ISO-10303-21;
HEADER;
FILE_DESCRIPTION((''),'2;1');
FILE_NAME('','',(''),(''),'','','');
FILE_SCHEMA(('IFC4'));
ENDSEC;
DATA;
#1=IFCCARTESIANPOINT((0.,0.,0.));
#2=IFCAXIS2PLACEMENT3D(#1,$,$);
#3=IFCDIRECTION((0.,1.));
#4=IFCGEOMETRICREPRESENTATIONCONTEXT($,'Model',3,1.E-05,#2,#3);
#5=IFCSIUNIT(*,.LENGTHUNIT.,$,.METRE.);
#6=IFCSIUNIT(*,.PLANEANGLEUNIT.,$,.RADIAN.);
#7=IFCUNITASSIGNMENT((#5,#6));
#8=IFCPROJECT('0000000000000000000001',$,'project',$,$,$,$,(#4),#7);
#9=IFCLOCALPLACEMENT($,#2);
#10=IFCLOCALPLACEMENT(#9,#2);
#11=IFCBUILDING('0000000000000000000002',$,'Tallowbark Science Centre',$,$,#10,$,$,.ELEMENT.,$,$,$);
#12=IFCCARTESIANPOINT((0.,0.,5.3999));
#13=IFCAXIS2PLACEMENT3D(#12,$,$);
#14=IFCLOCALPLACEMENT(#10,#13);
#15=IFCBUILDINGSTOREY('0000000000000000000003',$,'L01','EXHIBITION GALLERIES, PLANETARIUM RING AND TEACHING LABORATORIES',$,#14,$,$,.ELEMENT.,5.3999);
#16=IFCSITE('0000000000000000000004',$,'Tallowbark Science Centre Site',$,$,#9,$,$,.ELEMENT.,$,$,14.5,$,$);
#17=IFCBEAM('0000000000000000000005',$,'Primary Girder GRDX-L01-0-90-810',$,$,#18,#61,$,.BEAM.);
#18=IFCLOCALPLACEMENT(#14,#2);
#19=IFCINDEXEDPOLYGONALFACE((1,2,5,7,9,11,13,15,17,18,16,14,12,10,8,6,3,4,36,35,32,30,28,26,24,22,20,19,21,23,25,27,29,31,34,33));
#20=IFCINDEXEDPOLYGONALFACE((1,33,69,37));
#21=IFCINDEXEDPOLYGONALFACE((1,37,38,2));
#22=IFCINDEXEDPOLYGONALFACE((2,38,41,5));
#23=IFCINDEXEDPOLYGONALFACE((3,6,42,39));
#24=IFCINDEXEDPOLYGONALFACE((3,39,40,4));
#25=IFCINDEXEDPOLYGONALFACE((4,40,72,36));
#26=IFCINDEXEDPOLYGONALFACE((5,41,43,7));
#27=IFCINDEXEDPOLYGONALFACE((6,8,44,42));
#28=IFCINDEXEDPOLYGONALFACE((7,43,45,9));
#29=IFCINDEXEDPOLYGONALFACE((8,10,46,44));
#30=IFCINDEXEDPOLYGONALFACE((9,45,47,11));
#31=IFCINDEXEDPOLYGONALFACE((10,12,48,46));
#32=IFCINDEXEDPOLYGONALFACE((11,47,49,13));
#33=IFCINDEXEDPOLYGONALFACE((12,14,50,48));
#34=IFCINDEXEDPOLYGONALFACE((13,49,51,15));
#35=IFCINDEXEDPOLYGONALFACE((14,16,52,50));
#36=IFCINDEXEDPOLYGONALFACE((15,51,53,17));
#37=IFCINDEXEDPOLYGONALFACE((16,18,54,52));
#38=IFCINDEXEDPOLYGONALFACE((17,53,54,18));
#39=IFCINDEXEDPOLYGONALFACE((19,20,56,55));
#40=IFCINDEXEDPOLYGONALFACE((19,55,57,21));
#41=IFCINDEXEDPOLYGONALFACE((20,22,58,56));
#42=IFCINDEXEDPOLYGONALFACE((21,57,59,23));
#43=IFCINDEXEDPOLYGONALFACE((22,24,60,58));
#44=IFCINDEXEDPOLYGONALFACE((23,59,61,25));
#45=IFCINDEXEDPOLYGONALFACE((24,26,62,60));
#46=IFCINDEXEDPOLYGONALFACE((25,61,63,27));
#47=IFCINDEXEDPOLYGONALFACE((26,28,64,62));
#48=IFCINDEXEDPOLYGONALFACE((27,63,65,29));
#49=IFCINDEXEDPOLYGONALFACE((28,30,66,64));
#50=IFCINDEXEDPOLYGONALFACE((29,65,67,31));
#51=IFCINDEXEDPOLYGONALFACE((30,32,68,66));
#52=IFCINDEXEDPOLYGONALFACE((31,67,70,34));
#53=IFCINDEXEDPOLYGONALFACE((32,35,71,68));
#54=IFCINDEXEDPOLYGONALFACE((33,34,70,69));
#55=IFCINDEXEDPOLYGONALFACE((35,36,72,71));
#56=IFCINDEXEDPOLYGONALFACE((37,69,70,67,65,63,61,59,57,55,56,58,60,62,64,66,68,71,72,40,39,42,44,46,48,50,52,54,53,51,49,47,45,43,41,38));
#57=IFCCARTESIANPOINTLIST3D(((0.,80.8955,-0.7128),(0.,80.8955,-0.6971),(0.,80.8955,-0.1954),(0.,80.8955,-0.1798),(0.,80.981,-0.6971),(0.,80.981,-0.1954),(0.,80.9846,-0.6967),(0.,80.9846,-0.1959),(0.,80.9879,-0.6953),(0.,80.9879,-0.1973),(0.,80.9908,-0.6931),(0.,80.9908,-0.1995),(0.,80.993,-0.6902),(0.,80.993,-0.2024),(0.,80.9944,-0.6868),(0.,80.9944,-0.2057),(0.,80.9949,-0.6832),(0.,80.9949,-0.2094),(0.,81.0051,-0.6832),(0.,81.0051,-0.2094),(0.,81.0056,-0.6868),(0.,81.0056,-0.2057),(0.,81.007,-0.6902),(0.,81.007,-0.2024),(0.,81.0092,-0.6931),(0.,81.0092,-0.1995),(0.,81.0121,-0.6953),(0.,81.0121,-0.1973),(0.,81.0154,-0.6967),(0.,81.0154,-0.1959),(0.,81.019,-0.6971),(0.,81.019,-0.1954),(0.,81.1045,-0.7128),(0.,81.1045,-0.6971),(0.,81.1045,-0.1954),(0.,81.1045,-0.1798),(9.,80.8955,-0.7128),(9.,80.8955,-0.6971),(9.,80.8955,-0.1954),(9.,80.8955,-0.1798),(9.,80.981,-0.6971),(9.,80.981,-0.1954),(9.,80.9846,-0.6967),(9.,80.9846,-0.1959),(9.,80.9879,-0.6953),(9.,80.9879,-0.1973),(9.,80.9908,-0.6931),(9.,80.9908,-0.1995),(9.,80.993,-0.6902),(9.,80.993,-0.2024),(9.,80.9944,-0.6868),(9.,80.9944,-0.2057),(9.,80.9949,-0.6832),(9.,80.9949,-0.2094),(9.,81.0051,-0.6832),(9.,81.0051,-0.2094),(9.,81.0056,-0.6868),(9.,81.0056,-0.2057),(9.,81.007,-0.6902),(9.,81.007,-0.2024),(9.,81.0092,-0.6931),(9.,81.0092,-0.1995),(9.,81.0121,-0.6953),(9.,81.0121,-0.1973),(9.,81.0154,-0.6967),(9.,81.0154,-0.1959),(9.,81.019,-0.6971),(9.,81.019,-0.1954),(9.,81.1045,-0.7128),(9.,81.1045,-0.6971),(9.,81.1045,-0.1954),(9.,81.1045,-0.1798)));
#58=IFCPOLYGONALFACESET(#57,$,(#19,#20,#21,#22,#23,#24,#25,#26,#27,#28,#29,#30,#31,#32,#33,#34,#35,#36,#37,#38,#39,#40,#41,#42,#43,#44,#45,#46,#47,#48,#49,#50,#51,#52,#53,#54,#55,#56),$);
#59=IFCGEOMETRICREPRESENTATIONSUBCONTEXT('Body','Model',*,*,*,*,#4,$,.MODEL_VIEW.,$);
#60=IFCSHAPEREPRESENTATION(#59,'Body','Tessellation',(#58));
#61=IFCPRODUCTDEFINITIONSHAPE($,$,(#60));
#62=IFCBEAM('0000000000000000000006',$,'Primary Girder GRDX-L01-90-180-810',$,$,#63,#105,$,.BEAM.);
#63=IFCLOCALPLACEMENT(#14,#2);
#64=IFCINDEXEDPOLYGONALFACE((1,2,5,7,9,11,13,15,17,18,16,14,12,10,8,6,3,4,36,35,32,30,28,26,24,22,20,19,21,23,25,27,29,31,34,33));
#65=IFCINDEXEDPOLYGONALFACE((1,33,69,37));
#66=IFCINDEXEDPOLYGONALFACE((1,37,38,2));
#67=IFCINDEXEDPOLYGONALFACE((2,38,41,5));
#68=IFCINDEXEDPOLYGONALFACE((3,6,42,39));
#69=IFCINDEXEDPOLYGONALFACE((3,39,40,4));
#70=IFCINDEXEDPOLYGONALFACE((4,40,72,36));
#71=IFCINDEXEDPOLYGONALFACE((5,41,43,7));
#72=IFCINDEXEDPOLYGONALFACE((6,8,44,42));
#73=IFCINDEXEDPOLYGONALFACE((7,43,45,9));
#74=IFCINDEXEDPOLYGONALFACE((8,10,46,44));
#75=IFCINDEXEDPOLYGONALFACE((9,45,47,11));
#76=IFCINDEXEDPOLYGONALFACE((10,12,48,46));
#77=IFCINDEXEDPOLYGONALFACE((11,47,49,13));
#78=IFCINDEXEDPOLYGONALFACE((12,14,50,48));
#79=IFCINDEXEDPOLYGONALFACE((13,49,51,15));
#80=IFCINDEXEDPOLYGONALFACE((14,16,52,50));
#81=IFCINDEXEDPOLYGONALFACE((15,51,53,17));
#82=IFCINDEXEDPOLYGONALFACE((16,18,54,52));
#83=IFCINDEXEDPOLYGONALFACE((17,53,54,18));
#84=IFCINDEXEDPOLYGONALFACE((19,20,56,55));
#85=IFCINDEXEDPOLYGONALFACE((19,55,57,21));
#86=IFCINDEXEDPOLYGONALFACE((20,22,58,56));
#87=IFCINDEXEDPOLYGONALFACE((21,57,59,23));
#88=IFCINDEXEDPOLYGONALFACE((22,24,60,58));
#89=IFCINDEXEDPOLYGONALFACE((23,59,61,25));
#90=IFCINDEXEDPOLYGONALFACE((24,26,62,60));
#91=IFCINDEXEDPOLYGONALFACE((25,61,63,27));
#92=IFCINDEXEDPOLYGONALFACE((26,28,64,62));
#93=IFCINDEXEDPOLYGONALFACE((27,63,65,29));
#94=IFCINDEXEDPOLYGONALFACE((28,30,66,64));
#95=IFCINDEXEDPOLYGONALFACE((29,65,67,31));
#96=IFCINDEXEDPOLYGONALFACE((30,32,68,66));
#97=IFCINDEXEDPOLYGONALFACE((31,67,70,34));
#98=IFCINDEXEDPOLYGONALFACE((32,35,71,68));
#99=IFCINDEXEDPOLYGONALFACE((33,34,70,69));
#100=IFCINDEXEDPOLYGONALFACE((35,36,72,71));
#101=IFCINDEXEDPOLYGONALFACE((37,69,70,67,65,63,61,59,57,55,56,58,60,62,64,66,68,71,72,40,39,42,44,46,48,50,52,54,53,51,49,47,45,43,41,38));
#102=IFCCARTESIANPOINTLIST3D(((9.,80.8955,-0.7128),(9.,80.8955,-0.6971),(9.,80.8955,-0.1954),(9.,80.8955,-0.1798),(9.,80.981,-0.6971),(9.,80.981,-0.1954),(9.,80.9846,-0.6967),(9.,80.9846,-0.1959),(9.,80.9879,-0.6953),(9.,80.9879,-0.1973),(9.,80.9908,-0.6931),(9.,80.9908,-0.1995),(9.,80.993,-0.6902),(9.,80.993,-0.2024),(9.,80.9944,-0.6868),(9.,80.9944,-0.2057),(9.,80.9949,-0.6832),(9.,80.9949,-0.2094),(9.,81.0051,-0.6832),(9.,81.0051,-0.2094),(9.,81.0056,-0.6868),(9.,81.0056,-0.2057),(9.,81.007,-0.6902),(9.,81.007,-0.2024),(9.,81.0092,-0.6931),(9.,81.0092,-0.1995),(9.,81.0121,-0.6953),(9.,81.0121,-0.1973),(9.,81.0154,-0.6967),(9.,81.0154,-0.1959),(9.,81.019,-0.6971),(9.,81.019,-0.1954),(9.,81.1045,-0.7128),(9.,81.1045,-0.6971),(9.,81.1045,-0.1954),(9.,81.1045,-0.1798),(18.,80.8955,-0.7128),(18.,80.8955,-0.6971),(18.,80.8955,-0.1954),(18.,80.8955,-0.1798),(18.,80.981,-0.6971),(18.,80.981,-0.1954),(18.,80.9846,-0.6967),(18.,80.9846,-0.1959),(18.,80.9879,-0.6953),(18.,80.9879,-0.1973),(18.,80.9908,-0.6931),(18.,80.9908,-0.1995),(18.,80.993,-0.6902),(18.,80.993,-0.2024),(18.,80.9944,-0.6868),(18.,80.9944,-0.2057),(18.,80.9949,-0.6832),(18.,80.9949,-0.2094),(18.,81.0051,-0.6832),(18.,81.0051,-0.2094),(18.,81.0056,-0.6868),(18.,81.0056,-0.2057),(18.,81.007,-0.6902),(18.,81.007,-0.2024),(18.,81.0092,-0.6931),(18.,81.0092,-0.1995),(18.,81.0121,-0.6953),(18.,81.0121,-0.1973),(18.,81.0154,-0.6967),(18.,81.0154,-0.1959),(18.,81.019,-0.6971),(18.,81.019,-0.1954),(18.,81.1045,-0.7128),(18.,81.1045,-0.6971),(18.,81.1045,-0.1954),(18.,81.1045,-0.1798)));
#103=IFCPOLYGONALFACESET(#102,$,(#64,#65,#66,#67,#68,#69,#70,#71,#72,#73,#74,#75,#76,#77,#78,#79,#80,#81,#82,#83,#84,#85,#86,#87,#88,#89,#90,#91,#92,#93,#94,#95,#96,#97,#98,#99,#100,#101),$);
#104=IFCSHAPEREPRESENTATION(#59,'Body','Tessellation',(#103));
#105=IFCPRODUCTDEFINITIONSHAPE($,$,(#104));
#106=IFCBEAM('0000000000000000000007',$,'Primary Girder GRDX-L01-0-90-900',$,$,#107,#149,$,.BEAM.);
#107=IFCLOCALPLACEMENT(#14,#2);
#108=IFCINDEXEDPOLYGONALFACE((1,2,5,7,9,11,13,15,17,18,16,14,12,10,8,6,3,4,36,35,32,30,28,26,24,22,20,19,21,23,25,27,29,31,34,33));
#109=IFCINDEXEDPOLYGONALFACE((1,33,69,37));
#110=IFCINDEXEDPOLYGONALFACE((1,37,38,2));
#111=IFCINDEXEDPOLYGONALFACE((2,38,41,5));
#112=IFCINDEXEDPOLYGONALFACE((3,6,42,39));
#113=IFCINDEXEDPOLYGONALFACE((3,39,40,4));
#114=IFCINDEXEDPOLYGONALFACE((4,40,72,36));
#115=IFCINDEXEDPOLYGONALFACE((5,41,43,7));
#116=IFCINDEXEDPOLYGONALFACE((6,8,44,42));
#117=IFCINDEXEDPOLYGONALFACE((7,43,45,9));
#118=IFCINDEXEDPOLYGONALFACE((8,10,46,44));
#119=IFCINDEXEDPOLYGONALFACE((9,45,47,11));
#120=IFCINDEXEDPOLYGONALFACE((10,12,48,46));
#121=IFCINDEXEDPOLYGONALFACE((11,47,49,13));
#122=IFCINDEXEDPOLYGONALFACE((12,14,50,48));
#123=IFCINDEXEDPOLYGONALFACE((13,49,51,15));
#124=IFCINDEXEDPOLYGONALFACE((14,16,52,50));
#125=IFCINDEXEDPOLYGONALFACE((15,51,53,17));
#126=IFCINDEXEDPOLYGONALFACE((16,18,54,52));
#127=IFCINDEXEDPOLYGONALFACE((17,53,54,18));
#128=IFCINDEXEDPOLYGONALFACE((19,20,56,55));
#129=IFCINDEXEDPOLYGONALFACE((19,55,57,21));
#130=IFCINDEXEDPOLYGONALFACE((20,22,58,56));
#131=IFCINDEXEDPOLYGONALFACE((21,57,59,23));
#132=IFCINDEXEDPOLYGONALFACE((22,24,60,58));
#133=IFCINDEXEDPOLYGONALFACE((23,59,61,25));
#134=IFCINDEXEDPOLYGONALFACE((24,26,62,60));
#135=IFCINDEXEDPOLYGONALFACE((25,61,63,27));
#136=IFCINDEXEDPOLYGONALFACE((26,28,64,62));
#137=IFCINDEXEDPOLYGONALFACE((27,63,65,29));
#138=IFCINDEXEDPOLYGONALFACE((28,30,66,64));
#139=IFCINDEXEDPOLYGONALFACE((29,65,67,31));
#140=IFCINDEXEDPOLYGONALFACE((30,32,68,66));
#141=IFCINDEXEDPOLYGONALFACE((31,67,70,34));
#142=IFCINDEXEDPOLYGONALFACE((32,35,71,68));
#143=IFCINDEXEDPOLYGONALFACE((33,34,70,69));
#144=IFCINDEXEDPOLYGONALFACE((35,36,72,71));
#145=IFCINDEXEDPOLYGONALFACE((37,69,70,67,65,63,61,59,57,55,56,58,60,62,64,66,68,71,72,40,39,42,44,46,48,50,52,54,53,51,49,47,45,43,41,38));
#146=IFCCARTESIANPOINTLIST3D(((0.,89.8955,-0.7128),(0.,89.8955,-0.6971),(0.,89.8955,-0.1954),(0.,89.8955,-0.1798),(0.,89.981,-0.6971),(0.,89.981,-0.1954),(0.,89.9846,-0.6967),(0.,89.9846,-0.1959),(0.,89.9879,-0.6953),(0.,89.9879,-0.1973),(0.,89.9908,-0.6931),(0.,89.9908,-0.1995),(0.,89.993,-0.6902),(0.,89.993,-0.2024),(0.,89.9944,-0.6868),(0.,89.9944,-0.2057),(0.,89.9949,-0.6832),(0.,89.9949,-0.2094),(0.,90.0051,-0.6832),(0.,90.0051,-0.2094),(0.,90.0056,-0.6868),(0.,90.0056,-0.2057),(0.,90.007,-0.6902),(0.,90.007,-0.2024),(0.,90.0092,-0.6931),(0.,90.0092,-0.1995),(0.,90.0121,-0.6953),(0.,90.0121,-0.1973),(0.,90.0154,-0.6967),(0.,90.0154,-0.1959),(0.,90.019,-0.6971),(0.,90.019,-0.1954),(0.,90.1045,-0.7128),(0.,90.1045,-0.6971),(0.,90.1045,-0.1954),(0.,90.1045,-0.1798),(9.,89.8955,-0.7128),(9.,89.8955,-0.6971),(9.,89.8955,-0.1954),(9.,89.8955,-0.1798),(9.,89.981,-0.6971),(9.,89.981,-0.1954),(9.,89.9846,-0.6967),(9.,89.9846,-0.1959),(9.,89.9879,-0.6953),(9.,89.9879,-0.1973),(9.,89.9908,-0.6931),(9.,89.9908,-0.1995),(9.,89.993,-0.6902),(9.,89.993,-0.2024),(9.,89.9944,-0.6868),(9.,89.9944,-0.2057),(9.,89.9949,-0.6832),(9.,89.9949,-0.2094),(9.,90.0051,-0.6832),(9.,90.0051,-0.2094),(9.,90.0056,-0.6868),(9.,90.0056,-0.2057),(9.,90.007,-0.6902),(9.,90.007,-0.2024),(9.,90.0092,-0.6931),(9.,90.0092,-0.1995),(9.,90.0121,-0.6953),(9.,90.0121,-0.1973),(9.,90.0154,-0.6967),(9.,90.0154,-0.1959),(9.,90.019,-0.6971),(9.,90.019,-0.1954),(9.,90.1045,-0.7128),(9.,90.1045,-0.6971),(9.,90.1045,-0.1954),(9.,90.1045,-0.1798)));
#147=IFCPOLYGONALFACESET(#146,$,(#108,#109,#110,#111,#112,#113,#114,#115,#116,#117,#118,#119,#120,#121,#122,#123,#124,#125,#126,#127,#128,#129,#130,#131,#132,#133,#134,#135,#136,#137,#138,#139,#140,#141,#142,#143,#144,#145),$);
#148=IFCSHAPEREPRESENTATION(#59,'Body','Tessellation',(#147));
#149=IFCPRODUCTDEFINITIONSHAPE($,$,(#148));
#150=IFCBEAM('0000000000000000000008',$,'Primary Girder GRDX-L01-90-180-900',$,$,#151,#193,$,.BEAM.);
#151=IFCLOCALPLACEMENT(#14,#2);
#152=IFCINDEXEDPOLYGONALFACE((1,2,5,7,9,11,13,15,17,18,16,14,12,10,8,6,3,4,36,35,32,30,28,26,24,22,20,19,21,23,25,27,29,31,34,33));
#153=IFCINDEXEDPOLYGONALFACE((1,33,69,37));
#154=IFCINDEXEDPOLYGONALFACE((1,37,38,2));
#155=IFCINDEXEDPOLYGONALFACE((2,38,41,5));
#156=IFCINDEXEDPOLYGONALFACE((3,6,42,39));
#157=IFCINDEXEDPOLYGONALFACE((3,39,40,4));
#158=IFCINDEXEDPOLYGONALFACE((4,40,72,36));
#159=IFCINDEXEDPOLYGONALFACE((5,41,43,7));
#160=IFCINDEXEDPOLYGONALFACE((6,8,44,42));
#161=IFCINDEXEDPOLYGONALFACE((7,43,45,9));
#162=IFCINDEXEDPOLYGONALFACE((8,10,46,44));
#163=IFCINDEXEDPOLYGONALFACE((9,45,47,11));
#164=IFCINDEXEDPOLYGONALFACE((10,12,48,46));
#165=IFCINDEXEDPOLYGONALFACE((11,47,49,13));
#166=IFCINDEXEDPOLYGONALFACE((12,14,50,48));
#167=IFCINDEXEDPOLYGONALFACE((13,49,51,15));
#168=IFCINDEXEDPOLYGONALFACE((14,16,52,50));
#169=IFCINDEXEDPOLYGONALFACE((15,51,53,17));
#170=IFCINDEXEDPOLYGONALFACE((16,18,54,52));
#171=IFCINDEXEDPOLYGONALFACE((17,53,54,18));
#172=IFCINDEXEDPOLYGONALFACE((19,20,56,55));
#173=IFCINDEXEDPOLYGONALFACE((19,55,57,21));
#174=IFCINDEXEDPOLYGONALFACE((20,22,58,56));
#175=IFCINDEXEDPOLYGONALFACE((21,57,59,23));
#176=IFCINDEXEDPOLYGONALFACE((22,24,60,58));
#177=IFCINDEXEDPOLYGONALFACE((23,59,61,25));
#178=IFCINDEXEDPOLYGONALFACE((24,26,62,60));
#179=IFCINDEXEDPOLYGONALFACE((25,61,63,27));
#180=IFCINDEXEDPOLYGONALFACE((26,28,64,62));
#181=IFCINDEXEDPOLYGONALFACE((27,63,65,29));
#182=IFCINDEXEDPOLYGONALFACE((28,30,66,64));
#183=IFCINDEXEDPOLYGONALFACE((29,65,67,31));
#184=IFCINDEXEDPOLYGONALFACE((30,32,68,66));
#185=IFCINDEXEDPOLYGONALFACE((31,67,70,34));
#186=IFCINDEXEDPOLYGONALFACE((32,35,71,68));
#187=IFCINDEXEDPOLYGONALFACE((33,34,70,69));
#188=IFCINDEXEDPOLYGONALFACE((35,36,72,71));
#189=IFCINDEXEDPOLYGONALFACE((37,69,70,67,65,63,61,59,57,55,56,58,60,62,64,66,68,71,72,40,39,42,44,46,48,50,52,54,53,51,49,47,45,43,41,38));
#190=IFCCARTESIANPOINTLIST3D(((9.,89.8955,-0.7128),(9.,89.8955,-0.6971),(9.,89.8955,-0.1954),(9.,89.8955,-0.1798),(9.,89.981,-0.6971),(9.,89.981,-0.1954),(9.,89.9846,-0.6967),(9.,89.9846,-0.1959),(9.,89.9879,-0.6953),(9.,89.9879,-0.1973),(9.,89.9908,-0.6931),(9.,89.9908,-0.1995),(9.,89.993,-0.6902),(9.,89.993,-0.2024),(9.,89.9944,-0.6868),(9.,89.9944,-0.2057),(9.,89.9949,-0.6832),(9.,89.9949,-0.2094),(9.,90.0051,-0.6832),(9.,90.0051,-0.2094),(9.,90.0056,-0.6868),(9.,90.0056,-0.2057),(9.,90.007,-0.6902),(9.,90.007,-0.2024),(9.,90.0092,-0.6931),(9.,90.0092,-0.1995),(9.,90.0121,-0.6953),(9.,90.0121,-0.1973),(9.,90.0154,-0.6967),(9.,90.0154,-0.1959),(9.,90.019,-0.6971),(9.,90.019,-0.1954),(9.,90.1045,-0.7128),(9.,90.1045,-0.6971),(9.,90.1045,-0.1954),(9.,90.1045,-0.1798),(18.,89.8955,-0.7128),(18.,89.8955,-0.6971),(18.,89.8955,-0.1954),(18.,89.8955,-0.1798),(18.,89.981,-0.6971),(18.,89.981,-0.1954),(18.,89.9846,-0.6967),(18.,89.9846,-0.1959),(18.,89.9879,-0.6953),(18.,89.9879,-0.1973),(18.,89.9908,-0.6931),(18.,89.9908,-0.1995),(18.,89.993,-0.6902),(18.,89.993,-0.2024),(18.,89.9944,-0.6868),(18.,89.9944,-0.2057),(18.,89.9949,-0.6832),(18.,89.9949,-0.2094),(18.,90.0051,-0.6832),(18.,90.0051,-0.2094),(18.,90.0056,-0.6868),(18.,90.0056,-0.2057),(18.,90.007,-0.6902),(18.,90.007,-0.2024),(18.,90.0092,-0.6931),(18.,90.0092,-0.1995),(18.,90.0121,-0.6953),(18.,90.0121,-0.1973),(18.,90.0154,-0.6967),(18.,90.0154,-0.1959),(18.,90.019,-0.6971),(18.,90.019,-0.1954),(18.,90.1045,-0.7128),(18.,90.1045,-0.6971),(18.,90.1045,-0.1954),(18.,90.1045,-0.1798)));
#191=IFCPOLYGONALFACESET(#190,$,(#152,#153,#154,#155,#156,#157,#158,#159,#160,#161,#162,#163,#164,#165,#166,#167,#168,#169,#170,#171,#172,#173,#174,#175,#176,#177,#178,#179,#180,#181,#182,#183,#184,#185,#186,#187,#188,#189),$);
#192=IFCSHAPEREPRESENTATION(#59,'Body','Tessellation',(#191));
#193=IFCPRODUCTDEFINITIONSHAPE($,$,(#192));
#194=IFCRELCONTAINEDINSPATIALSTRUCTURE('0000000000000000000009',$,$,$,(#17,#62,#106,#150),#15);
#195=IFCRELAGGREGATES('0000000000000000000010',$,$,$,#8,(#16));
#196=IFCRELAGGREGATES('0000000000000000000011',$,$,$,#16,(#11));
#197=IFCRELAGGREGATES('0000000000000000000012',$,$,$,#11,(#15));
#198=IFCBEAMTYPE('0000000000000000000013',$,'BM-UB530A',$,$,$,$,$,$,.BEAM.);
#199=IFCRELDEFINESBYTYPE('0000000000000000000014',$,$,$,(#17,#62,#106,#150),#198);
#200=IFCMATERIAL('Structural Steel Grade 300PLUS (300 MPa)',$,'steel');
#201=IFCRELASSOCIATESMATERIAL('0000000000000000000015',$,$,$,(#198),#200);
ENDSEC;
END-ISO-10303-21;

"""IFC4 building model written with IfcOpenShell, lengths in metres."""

from ifc_helpers import new_model, si_unit, direction, frame, origin, origin_2d, place, context, subcontext, project, spatial, i_section, extrude, material, material_profile, profile_set, type_object, element, save


model = new_model("IFC4")

# Units and contexts
model_context = context("Model", 3, precision=1e-05, world=origin(), true_north=direction((0.0, 1.0)))
body_context = subcontext(model_context, "Body", "Model", "MODEL_VIEW")
ifc_project = project(units=[si_unit("LENGTHUNIT", "METRE"), si_unit("PLANEANGLEUNIT", "RADIAN")], contexts=[model_context])

# Site, building, storey
site_placement = place(None, origin())
site = spatial("IfcSite", under=ifc_project, at=site_placement, Name="Tallowbark Science Centre Site", CompositionType="ELEMENT", RefElevation=14.5)
building_placement = place(site_placement, origin())
building = spatial("IfcBuilding", under=site, at=building_placement, Name="Tallowbark Science Centre", CompositionType="ELEMENT")
storey_placement = place(building_placement, frame((0.0, 0.0, 5.3999)))
storey = spatial("IfcBuildingStorey", under=building, at=storey_placement, Name="L01", Description="EXHIBITION GALLERIES, PLANETARIUM RING AND TEACHING LABORATORIES", CompositionType="ELEMENT", Elevation=5.3999)

# Beams
ifc_material = material(Name="Structural Steel Grade 300PLUS (300 MPa)", Category="steel")
ifc_material_profile_1 = material_profile(ifc_material, i_section(OverallWidth=0.209, OverallDepth=0.533, WebThickness=0.0103, FlangeThickness=0.0156, FilletRadius=0.0139, at=origin_2d()), Name="530UB92.4")
ifc_profile_set_1 = profile_set([ifc_material_profile_1], Name="Structural Steel Grade 300PLUS (300 MPa)")
beam_type_1 = type_object("IfcBeamType", Name="BM-UB530A", PredefinedType="BEAM", material=ifc_profile_set_1)
for number, where, z_axis, x_axis, name in (
    (1, (0.0, 81.0, -0.4463), (1.0, 0.0, 0.0), (0.0, 1.0, 0.0), "Primary Girder GRDX-L01-0-90-810"),
    (2, (9.0, 81.0, -0.4463), (1.0, 0.0, 0.0), (0.0, 1.0, 0.0), "Primary Girder GRDX-L01-90-180-810"),
    (3, (0.0, 90.0, -0.4463), (1.0, 0.0, 0.0), (0.0, 1.0, 0.0), "Primary Girder GRDX-L01-0-90-900"),
    (4, (9.0, 90.0, -0.4463), (1.0, 0.0, 0.0), (0.0, 1.0, 0.0), "Primary Girder GRDX-L01-90-180-900"),
):
    element("IfcBeam", number, at=place(storey_placement, frame(where, z_axis=z_axis, x_axis=x_axis)), inside=storey, type_object=beam_type_1, Name=name, PredefinedType="BEAM", context=body_context, shape_type="SweptSolid", body=[
        extrude(i_section(OverallWidth=0.209, OverallDepth=0.533, WebThickness=0.0103, FlangeThickness=0.0156, FilletRadius=0.0139, at=origin_2d()), origin(), (0.0, 0.0, 1.0), 9.0),
    ])

save(model, "model.ifc")
